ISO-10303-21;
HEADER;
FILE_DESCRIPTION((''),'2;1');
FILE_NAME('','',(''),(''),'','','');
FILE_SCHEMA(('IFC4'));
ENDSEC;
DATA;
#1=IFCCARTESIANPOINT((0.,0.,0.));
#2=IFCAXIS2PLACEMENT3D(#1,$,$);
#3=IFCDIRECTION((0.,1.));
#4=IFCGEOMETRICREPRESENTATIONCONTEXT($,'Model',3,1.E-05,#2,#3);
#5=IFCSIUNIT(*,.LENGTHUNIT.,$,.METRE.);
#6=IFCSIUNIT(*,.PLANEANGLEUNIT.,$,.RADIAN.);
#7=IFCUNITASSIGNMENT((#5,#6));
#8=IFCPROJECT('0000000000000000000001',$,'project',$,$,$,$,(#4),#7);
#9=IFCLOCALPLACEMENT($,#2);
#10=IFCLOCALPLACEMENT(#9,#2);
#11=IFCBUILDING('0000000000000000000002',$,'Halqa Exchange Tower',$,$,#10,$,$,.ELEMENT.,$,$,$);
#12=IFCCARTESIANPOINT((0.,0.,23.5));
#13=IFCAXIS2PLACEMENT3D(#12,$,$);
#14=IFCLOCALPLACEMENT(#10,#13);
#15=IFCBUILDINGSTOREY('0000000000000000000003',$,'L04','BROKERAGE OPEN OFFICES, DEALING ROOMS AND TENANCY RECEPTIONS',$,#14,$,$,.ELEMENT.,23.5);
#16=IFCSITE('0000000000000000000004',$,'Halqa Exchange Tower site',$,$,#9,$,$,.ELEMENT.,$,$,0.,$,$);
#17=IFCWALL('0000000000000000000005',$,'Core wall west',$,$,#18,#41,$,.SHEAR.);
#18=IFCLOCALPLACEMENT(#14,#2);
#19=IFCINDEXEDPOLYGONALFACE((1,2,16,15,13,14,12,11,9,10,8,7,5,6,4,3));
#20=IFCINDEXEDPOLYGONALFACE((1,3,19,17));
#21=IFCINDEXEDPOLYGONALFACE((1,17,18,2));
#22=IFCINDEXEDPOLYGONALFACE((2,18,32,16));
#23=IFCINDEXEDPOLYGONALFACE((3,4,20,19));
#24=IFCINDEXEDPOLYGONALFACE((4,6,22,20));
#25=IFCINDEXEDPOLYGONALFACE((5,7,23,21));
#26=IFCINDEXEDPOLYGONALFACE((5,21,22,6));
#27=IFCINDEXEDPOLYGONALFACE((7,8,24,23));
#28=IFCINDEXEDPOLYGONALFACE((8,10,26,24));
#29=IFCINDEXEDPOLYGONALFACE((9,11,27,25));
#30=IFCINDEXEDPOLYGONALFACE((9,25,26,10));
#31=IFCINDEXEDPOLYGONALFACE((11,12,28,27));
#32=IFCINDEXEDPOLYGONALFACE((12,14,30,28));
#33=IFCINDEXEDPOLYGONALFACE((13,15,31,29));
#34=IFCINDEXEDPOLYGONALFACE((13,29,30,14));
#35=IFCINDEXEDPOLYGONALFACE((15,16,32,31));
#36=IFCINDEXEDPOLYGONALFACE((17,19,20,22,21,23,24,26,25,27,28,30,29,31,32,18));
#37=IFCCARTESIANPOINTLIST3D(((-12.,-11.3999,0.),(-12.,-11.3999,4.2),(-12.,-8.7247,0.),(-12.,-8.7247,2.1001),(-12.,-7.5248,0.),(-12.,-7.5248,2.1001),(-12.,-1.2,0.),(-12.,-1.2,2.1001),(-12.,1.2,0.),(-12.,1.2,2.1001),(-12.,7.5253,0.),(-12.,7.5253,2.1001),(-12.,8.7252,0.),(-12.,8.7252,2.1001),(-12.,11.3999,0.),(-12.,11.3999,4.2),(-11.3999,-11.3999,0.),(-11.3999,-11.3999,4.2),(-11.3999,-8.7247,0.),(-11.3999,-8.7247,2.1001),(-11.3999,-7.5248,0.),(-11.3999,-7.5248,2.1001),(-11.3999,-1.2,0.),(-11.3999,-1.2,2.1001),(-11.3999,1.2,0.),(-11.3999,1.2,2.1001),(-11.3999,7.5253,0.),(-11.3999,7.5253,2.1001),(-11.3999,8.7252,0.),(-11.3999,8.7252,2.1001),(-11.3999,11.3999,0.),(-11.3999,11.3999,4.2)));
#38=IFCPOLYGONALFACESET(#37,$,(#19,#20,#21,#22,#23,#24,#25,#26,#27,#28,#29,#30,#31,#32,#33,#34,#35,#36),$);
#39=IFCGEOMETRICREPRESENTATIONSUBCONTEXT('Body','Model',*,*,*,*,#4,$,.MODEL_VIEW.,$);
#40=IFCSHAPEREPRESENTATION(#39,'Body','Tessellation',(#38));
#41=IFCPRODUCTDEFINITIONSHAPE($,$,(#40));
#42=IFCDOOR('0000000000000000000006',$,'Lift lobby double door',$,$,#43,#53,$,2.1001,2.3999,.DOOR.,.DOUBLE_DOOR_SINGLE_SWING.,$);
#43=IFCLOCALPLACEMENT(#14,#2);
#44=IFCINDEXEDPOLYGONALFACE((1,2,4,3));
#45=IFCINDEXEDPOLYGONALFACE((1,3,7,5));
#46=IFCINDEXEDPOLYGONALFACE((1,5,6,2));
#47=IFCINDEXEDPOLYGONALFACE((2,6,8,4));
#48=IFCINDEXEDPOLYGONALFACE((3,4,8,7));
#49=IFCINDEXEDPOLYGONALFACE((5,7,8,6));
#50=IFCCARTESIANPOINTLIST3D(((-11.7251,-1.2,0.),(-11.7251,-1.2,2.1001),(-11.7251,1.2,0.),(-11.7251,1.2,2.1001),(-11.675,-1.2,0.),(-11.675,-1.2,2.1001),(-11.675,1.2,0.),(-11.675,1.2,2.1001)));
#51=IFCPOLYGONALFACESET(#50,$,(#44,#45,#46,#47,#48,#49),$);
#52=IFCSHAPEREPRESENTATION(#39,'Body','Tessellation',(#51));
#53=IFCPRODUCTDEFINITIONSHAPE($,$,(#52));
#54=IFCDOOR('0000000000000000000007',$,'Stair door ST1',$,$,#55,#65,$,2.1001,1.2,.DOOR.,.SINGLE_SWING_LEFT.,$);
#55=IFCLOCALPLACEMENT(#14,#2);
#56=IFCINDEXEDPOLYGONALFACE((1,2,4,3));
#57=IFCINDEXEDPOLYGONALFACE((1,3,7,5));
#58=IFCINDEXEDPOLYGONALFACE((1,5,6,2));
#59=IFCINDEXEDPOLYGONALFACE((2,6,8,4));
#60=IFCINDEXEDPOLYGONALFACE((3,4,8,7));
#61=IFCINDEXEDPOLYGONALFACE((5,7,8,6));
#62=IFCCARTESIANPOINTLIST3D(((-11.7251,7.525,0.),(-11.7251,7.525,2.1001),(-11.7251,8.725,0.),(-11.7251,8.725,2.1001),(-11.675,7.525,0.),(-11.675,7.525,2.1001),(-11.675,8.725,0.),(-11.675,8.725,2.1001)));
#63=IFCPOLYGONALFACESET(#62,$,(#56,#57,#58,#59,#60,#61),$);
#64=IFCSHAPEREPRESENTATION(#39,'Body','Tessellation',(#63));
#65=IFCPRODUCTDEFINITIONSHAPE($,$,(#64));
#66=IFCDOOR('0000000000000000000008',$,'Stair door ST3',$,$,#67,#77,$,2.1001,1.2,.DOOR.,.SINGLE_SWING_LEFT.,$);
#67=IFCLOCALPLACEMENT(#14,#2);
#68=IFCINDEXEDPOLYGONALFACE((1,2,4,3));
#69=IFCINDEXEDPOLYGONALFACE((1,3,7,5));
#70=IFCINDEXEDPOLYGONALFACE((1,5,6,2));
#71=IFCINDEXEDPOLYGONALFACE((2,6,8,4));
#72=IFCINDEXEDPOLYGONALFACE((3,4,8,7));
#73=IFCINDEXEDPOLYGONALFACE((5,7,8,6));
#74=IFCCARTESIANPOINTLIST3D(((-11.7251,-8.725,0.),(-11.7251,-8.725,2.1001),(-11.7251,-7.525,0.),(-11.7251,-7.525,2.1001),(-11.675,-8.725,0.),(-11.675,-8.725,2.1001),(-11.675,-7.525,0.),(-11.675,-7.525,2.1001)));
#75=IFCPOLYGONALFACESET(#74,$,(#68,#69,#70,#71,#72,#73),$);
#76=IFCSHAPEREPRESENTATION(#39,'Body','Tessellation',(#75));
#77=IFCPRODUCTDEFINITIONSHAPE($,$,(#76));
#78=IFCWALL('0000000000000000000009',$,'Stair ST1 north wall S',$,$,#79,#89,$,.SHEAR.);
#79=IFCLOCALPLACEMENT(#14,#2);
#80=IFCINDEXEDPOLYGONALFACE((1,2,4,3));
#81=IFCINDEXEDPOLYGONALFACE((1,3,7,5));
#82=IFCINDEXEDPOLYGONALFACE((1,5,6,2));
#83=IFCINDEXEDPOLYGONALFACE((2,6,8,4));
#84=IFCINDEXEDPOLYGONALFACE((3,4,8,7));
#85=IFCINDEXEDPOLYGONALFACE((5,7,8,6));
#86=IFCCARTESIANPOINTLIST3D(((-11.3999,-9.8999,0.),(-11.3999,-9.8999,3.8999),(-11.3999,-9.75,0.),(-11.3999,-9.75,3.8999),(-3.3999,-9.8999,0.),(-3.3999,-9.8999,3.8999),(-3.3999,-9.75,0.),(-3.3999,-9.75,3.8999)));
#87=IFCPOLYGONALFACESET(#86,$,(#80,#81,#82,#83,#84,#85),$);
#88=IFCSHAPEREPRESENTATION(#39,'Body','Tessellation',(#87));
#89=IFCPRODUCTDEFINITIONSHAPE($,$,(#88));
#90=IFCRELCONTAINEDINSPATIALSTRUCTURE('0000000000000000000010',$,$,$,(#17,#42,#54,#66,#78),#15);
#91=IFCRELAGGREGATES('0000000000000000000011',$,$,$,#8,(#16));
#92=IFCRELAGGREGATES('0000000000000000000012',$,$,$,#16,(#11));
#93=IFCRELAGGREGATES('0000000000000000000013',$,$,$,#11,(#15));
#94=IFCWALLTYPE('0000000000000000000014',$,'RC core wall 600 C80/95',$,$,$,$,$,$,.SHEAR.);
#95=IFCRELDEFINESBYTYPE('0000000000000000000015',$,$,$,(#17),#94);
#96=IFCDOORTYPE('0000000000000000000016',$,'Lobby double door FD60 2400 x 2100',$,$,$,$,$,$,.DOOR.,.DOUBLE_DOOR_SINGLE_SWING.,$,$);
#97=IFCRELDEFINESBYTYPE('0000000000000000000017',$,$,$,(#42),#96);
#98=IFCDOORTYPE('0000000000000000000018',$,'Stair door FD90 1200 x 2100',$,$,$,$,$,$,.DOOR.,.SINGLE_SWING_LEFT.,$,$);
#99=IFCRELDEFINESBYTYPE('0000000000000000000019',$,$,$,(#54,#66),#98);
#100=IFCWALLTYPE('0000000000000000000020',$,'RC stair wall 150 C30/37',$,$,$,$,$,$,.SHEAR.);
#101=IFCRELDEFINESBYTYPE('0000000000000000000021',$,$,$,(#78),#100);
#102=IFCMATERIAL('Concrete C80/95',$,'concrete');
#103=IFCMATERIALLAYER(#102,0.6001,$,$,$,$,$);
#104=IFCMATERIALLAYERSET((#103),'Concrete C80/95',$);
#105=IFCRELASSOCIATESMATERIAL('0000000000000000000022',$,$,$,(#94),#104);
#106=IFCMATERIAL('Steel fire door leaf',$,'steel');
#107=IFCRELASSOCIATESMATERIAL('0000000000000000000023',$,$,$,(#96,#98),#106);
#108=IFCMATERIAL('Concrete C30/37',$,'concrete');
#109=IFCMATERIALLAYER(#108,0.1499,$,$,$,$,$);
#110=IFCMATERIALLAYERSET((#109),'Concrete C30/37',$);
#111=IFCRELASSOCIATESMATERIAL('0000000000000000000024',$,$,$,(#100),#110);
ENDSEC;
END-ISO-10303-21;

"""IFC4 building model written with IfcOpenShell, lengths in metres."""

from ifc_helpers import new_model, si_unit, direction, frame, frame_2d, origin, place, context, subcontext, project, spatial, rectangle, extrude, material, layer, layer_set, type_object, element, fill, save


model = new_model("IFC4")

# Units and contexts
model_context = context("Model", 3, precision=1e-05, world=origin(), true_north=direction((0.0, 1.0)))
body_context = subcontext(model_context, "Body", "Model", "MODEL_VIEW")
ifc_project = project(units=[si_unit("LENGTHUNIT", "METRE"), si_unit("PLANEANGLEUNIT", "RADIAN")], contexts=[model_context])

# Site, building, storey
site_placement = place(None, origin())
site = spatial("IfcSite", under=ifc_project, at=site_placement, Name="Halqa Exchange Tower site", CompositionType="ELEMENT", RefElevation=0.0)
building_placement = place(site_placement, origin())
building = spatial("IfcBuilding", under=site, at=building_placement, Name="Halqa Exchange Tower", CompositionType="ELEMENT")
storey_placement = place(building_placement, frame((0.0, 0.0, 23.5)))
storey = spatial("IfcBuildingStorey", under=building, at=storey_placement, Name="L04", Description="BROKERAGE OPEN OFFICES, DEALING ROOMS AND TENANCY RECEPTIONS", CompositionType="ELEMENT", Elevation=23.5)

# Wall, openings, doors
ifc_material_1 = material(Name="Concrete C80/95", Category="concrete")
ifc_layer_1 = layer(ifc_material_1, 0.6001)
ifc_layer_set_1 = layer_set([ifc_layer_1], Name="Concrete C80/95")
wall_type_1 = type_object("IfcWallType", Name="RC core wall 600 C80/95", PredefinedType="SHEAR", material=ifc_layer_set_1)
ifc_material_2 = material(Name="Steel fire door leaf", Category="steel")
wall_1_placement = place(storey_placement, frame((-11.7, -11.3999, 0.0), z_axis=(0.0, 0.0, 1.0), x_axis=(0.0, 1.0, 0.0)))
wall_1 = element("IfcWall", 1, at=wall_1_placement, inside=storey, type_object=wall_type_1, Name="Core wall west", PredefinedType="SHEAR", context=body_context, shape_type="SweptSolid", body=[
    extrude(rectangle(XDim=22.7998, YDim=0.6001, at=frame_2d((11.3999, 0.0))), origin(), (0.0, 0.0, 1.0), 4.2),
])
opening_1_placement = place(wall_1_placement, frame((10.2, 0.0, 0.0)))
opening_1 = element("IfcOpeningElement", 2, at=opening_1_placement, cuts=wall_1, PredefinedType="OPENING", context=body_context, shape_type="SweptSolid", body=[
    extrude(rectangle(XDim=2.3999, YDim=2.1001, at=frame_2d((1.2, 1.05))), frame((0.0, 0.312, 0.0), z_axis=(0.0, -1.0, 0.0), x_axis=(1.0, 0.0, 0.0)), (0.0, 0.0, 1.0), 0.624),
])
opening_2_placement = place(wall_1_placement, frame((18.925, 0.0, 0.0)))
opening_2 = element("IfcOpeningElement", 3, at=opening_2_placement, cuts=wall_1, PredefinedType="OPENING", context=body_context, shape_type="SweptSolid", body=[
    extrude(rectangle(XDim=1.2, YDim=2.1001, at=frame_2d((0.6001, 1.05))), frame((0.0, 0.312, 0.0), z_axis=(0.0, -1.0, 0.0), x_axis=(1.0, 0.0, 0.0)), (0.0, 0.0, 1.0), 0.624),
])
opening_3_placement = place(wall_1_placement, frame((2.675, 0.0, 0.0)))
opening_3 = element("IfcOpeningElement", 4, at=opening_3_placement, cuts=wall_1, PredefinedType="OPENING", context=body_context, shape_type="SweptSolid", body=[
    extrude(rectangle(XDim=1.2, YDim=2.1001, at=frame_2d((0.6001, 1.05))), frame((0.0, 0.312, 0.0), z_axis=(0.0, -1.0, 0.0), x_axis=(1.0, 0.0, 0.0)), (0.0, 0.0, 1.0), 0.624),
])
door_type_1 = type_object("IfcDoorType", Name="Lobby double door FD60 2400 x 2100", OperationType="DOUBLE_DOOR_SINGLE_SWING", PredefinedType="DOOR", material=ifc_material_2)
door_1_placement = place(opening_1_placement, frame((2.3999, 0.0, 0.0), z_axis=(0.0, 0.0, 1.0), x_axis=(-1.0, 0.0, 0.0)))
door_1 = element("IfcDoor", 5, at=door_1_placement, inside=storey, type_object=door_type_1, Name="Lift lobby double door", OperationType="DOUBLE_DOOR_SINGLE_SWING", OverallHeight=2.1001, OverallWidth=2.3999, PredefinedType="DOOR", context=body_context, shape_type="SweptSolid", body=[
    extrude(rectangle(XDim=2.3999, YDim=2.1001, at=frame_2d((1.2, 1.05))), frame((0.0, 0.0249, 0.0), z_axis=(0.0, -1.0, 0.0), x_axis=(1.0, 0.0, 0.0)), (0.0, 0.0, 1.0), 0.05),
])
fill(opening_1, door_1)
door_type_2 = type_object("IfcDoorType", Name="Stair door FD90 1200 x 2100", OperationType="SINGLE_SWING_LEFT", PredefinedType="DOOR", material=ifc_material_2)
door_2_placement = place(opening_2_placement, frame((1.2, 0.0, 0.0), z_axis=(0.0, 0.0, 1.0), x_axis=(-1.0, 0.0, 0.0)))
door_2 = element("IfcDoor", 6, at=door_2_placement, inside=storey, type_object=door_type_2, Name="Stair door ST1", OperationType="SINGLE_SWING_LEFT", OverallHeight=2.1001, OverallWidth=1.2, PredefinedType="DOOR", context=body_context, shape_type="SweptSolid", body=[
    extrude(rectangle(XDim=1.2, YDim=2.1001, at=frame_2d((0.6001, 1.05))), frame((0.0, 0.0249, 0.0), z_axis=(0.0, -1.0, 0.0), x_axis=(1.0, 0.0, 0.0)), (0.0, 0.0, 1.0), 0.05),
])
fill(opening_2, door_2)
door_3_placement = place(opening_3_placement, frame((1.2, 0.0, 0.0), z_axis=(0.0, 0.0, 1.0), x_axis=(-1.0, 0.0, 0.0)))
door_3 = element("IfcDoor", 7, at=door_3_placement, inside=storey, type_object=door_type_2, Name="Stair door ST3", OperationType="SINGLE_SWING_LEFT", OverallHeight=2.1001, OverallWidth=1.2, PredefinedType="DOOR", context=body_context, shape_type="SweptSolid", body=[
    extrude(rectangle(XDim=1.2, YDim=2.1001, at=frame_2d((0.6001, 1.05))), frame((0.0, 0.0249, 0.0), z_axis=(0.0, -1.0, 0.0), x_axis=(1.0, 0.0, 0.0)), (0.0, 0.0, 1.0), 0.05),
])
fill(opening_3, door_3)

# Wall
ifc_material_3 = material(Name="Concrete C30/37", Category="concrete")
ifc_layer_2 = layer(ifc_material_3, 0.1499)
ifc_layer_set_2 = layer_set([ifc_layer_2], Name="Concrete C30/37")
wall_type_2 = type_object("IfcWallType", Name="RC stair wall 150 C30/37", PredefinedType="SHEAR", material=ifc_layer_set_2)
wall_2_placement = place(storey_placement, frame((-11.3999, -9.825, 0.0), z_axis=(0.0, 0.0, 1.0), x_axis=(1.0, 0.0, 0.0)))
element("IfcWall", 8, at=wall_2_placement, inside=storey, type_object=wall_type_2, Name="Stair ST1 north wall S", PredefinedType="SHEAR", context=body_context, shape_type="SweptSolid", body=[
    extrude(rectangle(XDim=8.0, YDim=0.1499, at=frame_2d((4.0, 0.0))), origin(), (0.0, 0.0, 1.0), 3.8999),
])

save(model, "model.ifc")
